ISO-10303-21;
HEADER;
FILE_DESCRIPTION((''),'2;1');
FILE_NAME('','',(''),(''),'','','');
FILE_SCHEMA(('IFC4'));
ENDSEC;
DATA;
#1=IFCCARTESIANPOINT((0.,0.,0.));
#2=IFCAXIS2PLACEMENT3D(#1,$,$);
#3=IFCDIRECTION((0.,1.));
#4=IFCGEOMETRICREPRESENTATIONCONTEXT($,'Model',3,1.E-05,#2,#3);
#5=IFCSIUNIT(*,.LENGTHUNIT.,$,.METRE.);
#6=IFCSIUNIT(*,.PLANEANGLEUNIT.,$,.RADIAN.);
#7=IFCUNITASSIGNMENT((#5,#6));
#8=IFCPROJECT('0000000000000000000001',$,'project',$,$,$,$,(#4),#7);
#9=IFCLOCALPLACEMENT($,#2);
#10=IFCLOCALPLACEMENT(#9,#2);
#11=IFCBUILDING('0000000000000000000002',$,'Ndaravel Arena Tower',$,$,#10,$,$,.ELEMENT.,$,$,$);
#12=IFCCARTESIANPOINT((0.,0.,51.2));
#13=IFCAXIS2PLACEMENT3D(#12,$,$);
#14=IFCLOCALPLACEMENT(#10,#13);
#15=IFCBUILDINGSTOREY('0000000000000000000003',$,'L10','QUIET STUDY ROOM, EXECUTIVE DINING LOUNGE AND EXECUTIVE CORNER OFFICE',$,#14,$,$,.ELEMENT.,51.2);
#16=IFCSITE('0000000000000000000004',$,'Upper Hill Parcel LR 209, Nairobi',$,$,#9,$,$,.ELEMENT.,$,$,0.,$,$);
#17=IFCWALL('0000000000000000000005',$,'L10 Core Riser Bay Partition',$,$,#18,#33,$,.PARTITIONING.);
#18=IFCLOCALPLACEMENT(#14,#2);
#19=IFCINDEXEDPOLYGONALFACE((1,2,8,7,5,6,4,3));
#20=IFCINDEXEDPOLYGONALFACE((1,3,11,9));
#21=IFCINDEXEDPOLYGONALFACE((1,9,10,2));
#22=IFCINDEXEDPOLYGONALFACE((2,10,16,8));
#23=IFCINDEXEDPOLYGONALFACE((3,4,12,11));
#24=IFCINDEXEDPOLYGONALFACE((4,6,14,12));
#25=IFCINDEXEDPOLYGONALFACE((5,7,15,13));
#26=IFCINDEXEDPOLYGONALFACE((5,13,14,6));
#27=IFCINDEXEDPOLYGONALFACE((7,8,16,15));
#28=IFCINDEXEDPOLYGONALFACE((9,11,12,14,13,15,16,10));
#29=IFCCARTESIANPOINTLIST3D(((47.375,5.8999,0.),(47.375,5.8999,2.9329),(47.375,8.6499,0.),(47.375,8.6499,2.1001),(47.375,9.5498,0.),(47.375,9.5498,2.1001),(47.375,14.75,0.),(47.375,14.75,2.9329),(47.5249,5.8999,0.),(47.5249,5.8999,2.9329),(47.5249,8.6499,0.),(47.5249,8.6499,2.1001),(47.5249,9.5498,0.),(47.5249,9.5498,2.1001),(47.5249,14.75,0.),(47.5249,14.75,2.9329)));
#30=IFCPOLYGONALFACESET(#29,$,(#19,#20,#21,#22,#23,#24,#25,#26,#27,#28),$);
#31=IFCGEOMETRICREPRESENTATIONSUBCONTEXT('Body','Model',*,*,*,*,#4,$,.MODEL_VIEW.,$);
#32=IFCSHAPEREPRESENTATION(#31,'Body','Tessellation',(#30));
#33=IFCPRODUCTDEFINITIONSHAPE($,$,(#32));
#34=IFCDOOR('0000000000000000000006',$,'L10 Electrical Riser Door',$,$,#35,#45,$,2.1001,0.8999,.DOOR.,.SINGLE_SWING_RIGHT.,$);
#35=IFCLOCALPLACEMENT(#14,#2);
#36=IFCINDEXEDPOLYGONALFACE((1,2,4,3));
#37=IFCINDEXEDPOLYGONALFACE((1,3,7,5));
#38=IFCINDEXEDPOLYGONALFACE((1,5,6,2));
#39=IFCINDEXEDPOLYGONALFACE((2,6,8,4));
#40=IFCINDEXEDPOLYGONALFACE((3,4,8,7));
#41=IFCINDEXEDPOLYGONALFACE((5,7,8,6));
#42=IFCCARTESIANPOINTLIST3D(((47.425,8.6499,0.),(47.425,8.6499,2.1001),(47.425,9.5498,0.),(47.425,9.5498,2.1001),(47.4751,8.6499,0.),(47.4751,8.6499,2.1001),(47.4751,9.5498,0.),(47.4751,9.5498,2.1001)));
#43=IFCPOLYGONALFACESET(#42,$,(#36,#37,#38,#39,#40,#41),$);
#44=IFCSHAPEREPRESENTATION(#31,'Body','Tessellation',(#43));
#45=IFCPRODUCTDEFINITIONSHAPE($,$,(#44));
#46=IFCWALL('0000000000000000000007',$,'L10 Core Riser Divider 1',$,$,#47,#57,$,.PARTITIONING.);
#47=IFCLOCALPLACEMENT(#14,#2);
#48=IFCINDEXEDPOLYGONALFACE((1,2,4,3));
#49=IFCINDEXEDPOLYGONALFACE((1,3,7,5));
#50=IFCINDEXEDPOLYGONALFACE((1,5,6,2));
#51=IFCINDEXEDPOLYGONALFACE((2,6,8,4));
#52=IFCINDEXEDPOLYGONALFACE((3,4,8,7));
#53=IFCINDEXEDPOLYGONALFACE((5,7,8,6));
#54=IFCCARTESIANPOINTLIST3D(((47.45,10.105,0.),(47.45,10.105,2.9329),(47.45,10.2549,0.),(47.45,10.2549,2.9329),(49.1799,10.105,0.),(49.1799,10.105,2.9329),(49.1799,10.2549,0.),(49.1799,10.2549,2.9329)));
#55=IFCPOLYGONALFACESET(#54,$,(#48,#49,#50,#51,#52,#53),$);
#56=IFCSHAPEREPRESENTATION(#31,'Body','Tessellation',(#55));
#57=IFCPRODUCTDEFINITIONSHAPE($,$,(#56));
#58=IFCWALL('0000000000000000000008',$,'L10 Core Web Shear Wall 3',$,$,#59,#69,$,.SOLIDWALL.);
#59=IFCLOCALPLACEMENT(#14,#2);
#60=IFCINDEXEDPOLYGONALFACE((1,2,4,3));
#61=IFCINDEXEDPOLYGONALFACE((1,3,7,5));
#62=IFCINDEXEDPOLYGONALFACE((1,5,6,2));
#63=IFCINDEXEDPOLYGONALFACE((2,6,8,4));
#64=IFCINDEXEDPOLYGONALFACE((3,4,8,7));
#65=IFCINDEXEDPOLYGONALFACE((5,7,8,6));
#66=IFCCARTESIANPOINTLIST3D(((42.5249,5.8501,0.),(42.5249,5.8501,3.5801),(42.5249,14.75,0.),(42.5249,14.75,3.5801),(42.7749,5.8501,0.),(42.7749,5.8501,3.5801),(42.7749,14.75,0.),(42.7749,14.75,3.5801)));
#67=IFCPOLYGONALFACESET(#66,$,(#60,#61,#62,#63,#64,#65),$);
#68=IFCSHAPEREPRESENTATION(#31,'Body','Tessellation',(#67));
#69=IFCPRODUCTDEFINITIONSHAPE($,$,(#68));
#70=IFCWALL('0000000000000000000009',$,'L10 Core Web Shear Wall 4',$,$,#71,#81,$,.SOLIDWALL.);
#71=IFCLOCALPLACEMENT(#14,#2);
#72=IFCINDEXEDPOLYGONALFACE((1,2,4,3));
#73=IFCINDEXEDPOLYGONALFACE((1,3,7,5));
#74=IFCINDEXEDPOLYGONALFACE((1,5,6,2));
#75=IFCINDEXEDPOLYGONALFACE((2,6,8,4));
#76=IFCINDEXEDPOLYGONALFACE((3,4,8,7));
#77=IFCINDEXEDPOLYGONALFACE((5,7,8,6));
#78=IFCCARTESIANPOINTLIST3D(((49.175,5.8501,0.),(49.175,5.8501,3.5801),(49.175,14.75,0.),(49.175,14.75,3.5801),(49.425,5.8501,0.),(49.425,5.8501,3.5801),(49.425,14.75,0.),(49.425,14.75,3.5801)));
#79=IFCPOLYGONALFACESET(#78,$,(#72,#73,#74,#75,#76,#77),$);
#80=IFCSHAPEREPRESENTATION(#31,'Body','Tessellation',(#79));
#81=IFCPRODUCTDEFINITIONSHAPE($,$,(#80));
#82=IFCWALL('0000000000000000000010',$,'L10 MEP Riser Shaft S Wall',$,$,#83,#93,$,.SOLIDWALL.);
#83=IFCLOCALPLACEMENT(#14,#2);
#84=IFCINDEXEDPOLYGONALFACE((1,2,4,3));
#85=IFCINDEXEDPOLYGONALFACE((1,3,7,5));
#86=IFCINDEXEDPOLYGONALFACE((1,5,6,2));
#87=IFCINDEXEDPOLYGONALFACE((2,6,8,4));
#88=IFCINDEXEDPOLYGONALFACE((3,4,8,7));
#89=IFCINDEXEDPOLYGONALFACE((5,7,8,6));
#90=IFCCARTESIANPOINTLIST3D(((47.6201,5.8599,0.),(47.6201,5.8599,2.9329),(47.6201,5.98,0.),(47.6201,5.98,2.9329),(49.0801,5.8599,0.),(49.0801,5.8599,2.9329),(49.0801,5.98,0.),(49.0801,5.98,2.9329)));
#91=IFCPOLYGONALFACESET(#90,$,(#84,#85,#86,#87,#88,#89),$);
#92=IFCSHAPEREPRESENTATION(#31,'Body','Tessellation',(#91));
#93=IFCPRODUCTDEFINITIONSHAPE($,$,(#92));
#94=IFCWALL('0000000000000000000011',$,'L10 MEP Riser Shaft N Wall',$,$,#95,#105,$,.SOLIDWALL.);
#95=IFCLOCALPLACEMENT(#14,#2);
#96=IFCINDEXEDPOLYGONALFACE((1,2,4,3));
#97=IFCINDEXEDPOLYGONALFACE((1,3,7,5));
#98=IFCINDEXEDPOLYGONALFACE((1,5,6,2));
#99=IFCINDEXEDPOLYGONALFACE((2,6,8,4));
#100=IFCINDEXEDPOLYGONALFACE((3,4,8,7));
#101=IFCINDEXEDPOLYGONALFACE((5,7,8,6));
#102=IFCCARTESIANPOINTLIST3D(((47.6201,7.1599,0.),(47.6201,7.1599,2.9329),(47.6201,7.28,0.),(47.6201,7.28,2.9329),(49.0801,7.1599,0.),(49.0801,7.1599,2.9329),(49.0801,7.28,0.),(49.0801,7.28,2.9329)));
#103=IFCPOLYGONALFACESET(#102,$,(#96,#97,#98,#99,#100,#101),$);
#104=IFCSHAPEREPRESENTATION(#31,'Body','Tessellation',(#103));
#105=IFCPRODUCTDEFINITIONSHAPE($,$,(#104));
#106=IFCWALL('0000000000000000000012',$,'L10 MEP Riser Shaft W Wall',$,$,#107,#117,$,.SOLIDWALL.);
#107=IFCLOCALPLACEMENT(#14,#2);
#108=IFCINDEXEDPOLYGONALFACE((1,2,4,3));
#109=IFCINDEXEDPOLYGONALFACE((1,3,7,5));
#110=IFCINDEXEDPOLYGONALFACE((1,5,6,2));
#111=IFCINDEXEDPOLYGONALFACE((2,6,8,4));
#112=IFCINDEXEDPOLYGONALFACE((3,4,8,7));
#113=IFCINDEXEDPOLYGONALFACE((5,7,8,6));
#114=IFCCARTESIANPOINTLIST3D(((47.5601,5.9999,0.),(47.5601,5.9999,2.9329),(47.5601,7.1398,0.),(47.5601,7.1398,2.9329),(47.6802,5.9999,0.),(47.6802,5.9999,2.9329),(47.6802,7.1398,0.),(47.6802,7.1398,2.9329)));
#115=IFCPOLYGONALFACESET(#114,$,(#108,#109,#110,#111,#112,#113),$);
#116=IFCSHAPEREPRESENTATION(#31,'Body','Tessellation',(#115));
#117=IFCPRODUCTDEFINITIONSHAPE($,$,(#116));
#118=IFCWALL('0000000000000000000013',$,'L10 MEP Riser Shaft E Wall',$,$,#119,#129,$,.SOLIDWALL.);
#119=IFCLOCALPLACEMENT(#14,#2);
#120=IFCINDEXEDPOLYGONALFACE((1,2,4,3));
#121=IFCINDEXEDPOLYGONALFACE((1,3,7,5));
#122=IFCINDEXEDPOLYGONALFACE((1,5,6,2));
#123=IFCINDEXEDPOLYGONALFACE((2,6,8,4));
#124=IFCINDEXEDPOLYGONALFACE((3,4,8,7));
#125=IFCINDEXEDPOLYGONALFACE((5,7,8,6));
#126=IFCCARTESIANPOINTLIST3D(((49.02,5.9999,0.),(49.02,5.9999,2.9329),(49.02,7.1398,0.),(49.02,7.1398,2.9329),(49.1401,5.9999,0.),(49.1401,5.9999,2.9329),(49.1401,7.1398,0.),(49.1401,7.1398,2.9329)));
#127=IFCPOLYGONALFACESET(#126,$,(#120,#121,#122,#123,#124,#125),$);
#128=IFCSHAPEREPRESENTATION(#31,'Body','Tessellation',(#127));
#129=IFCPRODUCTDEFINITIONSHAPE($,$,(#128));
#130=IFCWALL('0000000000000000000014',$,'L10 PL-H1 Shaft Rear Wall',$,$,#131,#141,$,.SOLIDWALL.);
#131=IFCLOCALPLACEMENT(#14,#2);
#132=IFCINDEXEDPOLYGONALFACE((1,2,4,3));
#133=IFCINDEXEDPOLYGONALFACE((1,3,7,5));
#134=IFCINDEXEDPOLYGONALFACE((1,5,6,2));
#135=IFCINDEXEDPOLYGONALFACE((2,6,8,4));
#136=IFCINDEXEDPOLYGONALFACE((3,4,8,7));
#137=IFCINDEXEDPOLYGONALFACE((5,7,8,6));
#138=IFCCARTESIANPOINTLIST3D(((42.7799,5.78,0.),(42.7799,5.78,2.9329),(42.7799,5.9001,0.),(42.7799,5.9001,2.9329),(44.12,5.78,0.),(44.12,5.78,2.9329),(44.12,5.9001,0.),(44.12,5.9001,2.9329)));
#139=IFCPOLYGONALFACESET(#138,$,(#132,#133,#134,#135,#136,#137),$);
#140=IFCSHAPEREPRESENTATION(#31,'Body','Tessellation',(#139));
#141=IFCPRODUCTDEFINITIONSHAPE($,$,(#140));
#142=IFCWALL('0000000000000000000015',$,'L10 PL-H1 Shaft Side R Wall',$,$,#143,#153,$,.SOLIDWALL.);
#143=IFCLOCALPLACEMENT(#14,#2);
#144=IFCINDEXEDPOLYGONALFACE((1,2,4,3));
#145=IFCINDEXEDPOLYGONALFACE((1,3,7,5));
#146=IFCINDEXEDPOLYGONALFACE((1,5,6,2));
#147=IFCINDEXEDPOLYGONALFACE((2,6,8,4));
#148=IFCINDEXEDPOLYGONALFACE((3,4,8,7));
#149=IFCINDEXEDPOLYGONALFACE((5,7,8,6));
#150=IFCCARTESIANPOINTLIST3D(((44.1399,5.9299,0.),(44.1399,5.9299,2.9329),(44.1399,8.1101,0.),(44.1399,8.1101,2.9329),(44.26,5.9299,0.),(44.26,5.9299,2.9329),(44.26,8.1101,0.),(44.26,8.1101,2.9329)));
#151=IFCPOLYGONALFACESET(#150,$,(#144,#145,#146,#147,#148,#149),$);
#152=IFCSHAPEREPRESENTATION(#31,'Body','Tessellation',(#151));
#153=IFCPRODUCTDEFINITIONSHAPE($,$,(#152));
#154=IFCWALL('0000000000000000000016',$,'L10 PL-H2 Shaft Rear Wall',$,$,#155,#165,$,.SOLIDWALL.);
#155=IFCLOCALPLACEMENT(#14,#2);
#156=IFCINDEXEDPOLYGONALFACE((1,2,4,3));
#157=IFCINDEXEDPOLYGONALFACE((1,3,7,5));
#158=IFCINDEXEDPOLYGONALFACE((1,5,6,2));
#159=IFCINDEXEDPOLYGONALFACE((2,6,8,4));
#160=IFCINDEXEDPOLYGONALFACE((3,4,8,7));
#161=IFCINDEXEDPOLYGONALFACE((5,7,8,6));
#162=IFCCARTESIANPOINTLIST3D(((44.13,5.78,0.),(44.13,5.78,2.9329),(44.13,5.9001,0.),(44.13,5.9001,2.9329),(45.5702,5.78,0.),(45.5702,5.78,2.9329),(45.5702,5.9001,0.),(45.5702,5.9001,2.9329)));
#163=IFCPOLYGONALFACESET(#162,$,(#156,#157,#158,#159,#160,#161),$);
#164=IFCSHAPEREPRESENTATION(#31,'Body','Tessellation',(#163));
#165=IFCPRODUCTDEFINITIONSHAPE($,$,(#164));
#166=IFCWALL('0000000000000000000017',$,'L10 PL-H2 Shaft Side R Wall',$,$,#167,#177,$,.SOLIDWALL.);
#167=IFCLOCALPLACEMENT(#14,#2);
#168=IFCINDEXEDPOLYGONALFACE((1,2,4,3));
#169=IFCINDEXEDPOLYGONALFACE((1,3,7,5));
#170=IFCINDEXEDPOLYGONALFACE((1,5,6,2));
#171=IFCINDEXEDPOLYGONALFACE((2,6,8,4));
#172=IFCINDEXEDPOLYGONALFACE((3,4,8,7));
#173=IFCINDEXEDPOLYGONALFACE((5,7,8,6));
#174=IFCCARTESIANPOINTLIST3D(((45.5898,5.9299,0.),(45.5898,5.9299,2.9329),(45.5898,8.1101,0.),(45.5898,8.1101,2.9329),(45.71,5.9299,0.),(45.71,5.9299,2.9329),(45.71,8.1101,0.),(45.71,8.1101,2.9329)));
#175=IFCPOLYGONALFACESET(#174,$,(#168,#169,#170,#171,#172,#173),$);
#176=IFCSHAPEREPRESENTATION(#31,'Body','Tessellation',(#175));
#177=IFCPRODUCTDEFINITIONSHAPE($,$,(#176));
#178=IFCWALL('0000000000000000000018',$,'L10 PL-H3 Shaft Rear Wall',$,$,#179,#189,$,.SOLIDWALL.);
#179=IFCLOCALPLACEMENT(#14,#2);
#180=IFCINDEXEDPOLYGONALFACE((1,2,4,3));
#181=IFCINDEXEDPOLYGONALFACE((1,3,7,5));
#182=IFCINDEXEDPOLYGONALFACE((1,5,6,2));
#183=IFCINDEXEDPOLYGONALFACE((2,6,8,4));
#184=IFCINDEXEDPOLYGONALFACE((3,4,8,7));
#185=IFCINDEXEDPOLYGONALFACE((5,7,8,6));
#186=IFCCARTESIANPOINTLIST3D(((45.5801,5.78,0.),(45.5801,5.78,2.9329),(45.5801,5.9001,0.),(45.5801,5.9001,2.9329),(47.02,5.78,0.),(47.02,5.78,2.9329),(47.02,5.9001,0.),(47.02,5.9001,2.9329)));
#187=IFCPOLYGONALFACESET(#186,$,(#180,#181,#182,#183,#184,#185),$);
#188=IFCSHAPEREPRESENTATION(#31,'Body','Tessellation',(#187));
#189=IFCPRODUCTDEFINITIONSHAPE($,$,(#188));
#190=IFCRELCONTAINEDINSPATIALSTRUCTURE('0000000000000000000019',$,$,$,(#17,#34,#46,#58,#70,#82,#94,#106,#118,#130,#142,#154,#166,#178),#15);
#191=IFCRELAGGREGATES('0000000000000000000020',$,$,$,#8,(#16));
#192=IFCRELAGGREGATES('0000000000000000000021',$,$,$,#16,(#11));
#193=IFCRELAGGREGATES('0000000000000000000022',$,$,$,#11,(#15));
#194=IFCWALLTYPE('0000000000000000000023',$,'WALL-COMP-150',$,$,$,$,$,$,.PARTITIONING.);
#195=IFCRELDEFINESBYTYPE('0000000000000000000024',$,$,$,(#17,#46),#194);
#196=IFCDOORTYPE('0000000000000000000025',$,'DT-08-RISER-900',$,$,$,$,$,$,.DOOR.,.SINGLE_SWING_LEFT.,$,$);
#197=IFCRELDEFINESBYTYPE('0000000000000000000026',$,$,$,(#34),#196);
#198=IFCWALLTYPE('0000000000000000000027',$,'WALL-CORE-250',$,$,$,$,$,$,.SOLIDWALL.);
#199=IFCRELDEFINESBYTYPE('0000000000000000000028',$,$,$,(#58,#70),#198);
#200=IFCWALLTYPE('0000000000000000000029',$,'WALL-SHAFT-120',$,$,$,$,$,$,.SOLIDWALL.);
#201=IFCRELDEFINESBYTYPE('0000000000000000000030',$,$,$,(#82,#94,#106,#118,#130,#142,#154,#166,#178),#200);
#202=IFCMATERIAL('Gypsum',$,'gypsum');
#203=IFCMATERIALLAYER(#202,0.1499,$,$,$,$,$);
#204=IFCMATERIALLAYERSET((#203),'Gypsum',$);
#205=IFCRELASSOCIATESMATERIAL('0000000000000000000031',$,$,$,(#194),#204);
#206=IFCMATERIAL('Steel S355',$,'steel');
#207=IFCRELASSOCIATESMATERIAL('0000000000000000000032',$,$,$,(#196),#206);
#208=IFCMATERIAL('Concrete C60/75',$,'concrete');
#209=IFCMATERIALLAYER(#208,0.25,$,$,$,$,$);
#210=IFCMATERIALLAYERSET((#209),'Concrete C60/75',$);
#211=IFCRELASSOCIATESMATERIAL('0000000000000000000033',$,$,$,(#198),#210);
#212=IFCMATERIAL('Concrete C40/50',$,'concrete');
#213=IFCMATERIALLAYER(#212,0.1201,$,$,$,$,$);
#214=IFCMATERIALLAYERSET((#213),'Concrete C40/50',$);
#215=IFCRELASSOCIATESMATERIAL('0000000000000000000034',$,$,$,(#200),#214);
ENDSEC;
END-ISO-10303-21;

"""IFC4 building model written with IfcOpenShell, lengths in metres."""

from ifc_helpers import new_model, si_unit, direction, frame, frame_2d, origin, place, context, subcontext, project, spatial, rectangle, extrude, material, layer, layer_set, type_object, element, fill, save


model = new_model("IFC4")

# Units and contexts
model_context = context("Model", 3, precision=1e-05, world=origin(), true_north=direction((0.0, 1.0)))
body_context = subcontext(model_context, "Body", "Model", "MODEL_VIEW")
ifc_project = project(units=[si_unit("LENGTHUNIT", "METRE"), si_unit("PLANEANGLEUNIT", "RADIAN")], contexts=[model_context])

# Site, building, storey
site_placement = place(None, origin())
site = spatial("IfcSite", under=ifc_project, at=site_placement, Name="Upper Hill Parcel LR 209, Nairobi", CompositionType="ELEMENT", RefElevation=0.0)
building_placement = place(site_placement, origin())
building = spatial("IfcBuilding", under=site, at=building_placement, Name="Ndaravel Arena Tower", CompositionType="ELEMENT")
storey_placement = place(building_placement, frame((0.0, 0.0, 51.2)))
storey = spatial("IfcBuildingStorey", under=building, at=storey_placement, Name="L10", Description="QUIET STUDY ROOM, EXECUTIVE DINING LOUNGE AND EXECUTIVE CORNER OFFICE", CompositionType="ELEMENT", Elevation=51.2)

# Wall, opening, door
ifc_material_1 = material(Name="Gypsum", Category="gypsum")
ifc_layer_1 = layer(ifc_material_1, 0.1499)
ifc_layer_set_1 = layer_set([ifc_layer_1], Name="Gypsum")
wall_type_1 = type_object("IfcWallType", Name="WALL-COMP-150", PredefinedType="PARTITIONING", material=ifc_layer_set_1)
wall_1_placement = place(storey_placement, frame((47.45, 5.8999, 0.0), z_axis=(0.0, 0.0, 1.0), x_axis=(0.0, 1.0, 0.0)))
wall_1 = element("IfcWall", 1, at=wall_1_placement, inside=storey, type_object=wall_type_1, Name="L10 Core Riser Bay Partition", PredefinedType="PARTITIONING", context=body_context, shape_type="SweptSolid", body=[
    extrude(rectangle(XDim=8.8501, YDim=0.1499, at=frame_2d((4.425, 0.0))), origin(), (0.0, 0.0, 1.0), 2.9329),
])
opening_1_placement = place(wall_1_placement, frame((2.75, 0.0, 0.0)))
opening_1 = element("IfcOpeningElement", 2, at=opening_1_placement, cuts=wall_1, PredefinedType="OPENING", context=body_context, shape_type="SweptSolid", body=[
    extrude(rectangle(XDim=0.8999, YDim=2.1001, at=frame_2d((0.45, 1.05))), frame((0.0, 0.075, 0.0), z_axis=(0.0, -1.0, 0.0), x_axis=(1.0, 0.0, 0.0)), (0.0, 0.0, 1.0), 0.1499),
])
ifc_material_2 = material(Name="Steel S355", Category="steel")
door_type_1 = type_object("IfcDoorType", Name="DT-08-RISER-900", OperationType="SINGLE_SWING_LEFT", PredefinedType="DOOR", material=ifc_material_2)
door_1_placement = place(opening_1_placement, origin())
door_1 = element("IfcDoor", 3, at=door_1_placement, inside=storey, type_object=door_type_1, Name="L10 Electrical Riser Door", OperationType="SINGLE_SWING_RIGHT", OverallHeight=2.1001, OverallWidth=0.8999, PredefinedType="DOOR", context=body_context, shape_type="SweptSolid", body=[
    extrude(rectangle(XDim=0.8999, YDim=2.1001, at=frame_2d((0.45, 1.05))), frame((0.0, 0.0249, 0.0), z_axis=(0.0, -1.0, 0.0), x_axis=(1.0, 0.0, 0.0)), (0.0, 0.0, 1.0), 0.05),
])
fill(opening_1, door_1)

# Walls
wall_2_placement = place(storey_placement, frame((47.45, 10.1799, 0.0), z_axis=(0.0, 0.0, 1.0), x_axis=(1.0, 0.0, 0.0)))
element("IfcWall", 4, at=wall_2_placement, inside=storey, type_object=wall_type_1, Name="L10 Core Riser Divider 1", PredefinedType="PARTITIONING", context=body_context, shape_type="SweptSolid", body=[
    extrude(rectangle(XDim=1.73, YDim=0.1499, at=frame_2d((0.865, 0.0))), origin(), (0.0, 0.0, 1.0), 2.9329),
])
ifc_material_3 = material(Name="Concrete C60/75", Category="concrete")
ifc_layer_2 = layer(ifc_material_3, 0.25)
ifc_layer_set_2 = layer_set([ifc_layer_2], Name="Concrete C60/75")
wall_type_2 = type_object("IfcWallType", Name="WALL-CORE-250", PredefinedType="SOLIDWALL", material=ifc_layer_set_2)
for number, where, z_axis, x_axis, name in (
    (5, (42.6499, 5.8501, 0.0), (0.0, 0.0, 1.0), (0.0, 1.0, 0.0), "L10 Core Web Shear Wall 3"),
    (6, (49.3, 5.8501, 0.0), (0.0, 0.0, 1.0), (0.0, 1.0, 0.0), "L10 Core Web Shear Wall 4"),
):
    element("IfcWall", number, at=place(storey_placement, frame(where, z_axis=z_axis, x_axis=x_axis)), inside=storey, type_object=wall_type_2, Name=name, PredefinedType="SOLIDWALL", context=body_context, shape_type="SweptSolid", body=[
        extrude(rectangle(XDim=8.8999, YDim=0.25, at=frame_2d((4.45, 0.0))), origin(), (0.0, 0.0, 1.0), 3.5801),
    ])
ifc_material_4 = material(Name="Concrete C40/50", Category="concrete")
ifc_layer_3 = layer(ifc_material_4, 0.1201)
ifc_layer_set_3 = layer_set([ifc_layer_3], Name="Concrete C40/50")
wall_type_3 = type_object("IfcWallType", Name="WALL-SHAFT-120", PredefinedType="SOLIDWALL", material=ifc_layer_set_3)
for number, where, z_axis, x_axis, name in (
    (7, (47.6201, 5.9199, 0.0), (0.0, 0.0, 1.0), (1.0, 0.0, 0.0), "L10 MEP Riser Shaft S Wall"),
    (8, (47.6201, 7.22, 0.0), (0.0, 0.0, 1.0), (1.0, 0.0, 0.0), "L10 MEP Riser Shaft N Wall"),
):
    element("IfcWall", number, at=place(storey_placement, frame(where, z_axis=z_axis, x_axis=x_axis)), inside=storey, type_object=wall_type_3, Name=name, PredefinedType="SOLIDWALL", context=body_context, shape_type="SweptSolid", body=[
        extrude(rectangle(XDim=1.46, YDim=0.1201, at=frame_2d((0.73, 0.0))), origin(), (0.0, 0.0, 1.0), 2.9329),
    ])
for number, where, z_axis, x_axis, name in (
    (9, (47.6201, 6.0, 0.0), (0.0, 0.0, 1.0), (0.0, 1.0, 0.0), "L10 MEP Riser Shaft W Wall"),
    (10, (49.0801, 6.0, 0.0), (0.0, 0.0, 1.0), (0.0, 1.0, 0.0), "L10 MEP Riser Shaft E Wall"),
):
    element("IfcWall", number, at=place(storey_placement, frame(where, z_axis=z_axis, x_axis=x_axis)), inside=storey, type_object=wall_type_3, Name=name, PredefinedType="SOLIDWALL", context=body_context, shape_type="SweptSolid", body=[
        extrude(rectangle(XDim=1.1399, YDim=0.1201, at=frame_2d((0.5698, 0.0))), origin(), (0.0, 0.0, 1.0), 2.9329),
    ])
wall_3_placement = place(storey_placement, frame((42.78, 5.8401, 0.0), z_axis=(0.0, 0.0, 1.0), x_axis=(1.0, 0.0, 0.0)))
element("IfcWall", 11, at=wall_3_placement, inside=storey, type_object=wall_type_3, Name="L10 PL-H1 Shaft Rear Wall", PredefinedType="SOLIDWALL", context=body_context, shape_type="SweptSolid", body=[
    extrude(rectangle(XDim=1.3401, YDim=0.1201, at=frame_2d((0.6699, 0.0))), origin(), (0.0, 0.0, 1.0), 2.9329),
])
wall_4_placement = place(storey_placement, frame((44.2, 5.9299, 0.0), z_axis=(0.0, 0.0, 1.0), x_axis=(0.0, 1.0, 0.0)))
element("IfcWall", 12, at=wall_4_placement, inside=storey, type_object=wall_type_3, Name="L10 PL-H1 Shaft Side R Wall", PredefinedType="SOLIDWALL", context=body_context, shape_type="SweptSolid", body=[
    extrude(rectangle(XDim=2.1802, YDim=0.1201, at=frame_2d((1.0901, 0.0))), origin(), (0.0, 0.0, 1.0), 2.9329),
])
wall_5_placement = place(storey_placement, frame((44.1299, 5.8401, 0.0), z_axis=(0.0, 0.0, 1.0), x_axis=(1.0, 0.0, 0.0)))
element("IfcWall", 13, at=wall_5_placement, inside=storey, type_object=wall_type_3, Name="L10 PL-H2 Shaft Rear Wall", PredefinedType="SOLIDWALL", context=body_context, shape_type="SweptSolid", body=[
    extrude(rectangle(XDim=1.4402, YDim=0.1201, at=frame_2d((0.7202, 0.0))), origin(), (0.0, 0.0, 1.0), 2.9329),
])
wall_6_placement = place(storey_placement, frame((45.6499, 5.9299, 0.0), z_axis=(0.0, 0.0, 1.0), x_axis=(0.0, 1.0, 0.0)))
element("IfcWall", 14, at=wall_6_placement, inside=storey, type_object=wall_type_3, Name="L10 PL-H2 Shaft Side R Wall", PredefinedType="SOLIDWALL", context=body_context, shape_type="SweptSolid", body=[
    extrude(rectangle(XDim=2.1802, YDim=0.1201, at=frame_2d((1.0901, 0.0))), origin(), (0.0, 0.0, 1.0), 2.9329),
])
wall_7_placement = place(storey_placement, frame((45.5801, 5.8401, 0.0), z_axis=(0.0, 0.0, 1.0), x_axis=(1.0, 0.0, 0.0)))
element("IfcWall", 15, at=wall_7_placement, inside=storey, type_object=wall_type_3, Name="L10 PL-H3 Shaft Rear Wall", PredefinedType="SOLIDWALL", context=body_context, shape_type="SweptSolid", body=[
    extrude(rectangle(XDim=1.4399, YDim=0.1201, at=frame_2d((0.72, 0.0))), origin(), (0.0, 0.0, 1.0), 2.9329),
])

save(model, "model.ifc")
